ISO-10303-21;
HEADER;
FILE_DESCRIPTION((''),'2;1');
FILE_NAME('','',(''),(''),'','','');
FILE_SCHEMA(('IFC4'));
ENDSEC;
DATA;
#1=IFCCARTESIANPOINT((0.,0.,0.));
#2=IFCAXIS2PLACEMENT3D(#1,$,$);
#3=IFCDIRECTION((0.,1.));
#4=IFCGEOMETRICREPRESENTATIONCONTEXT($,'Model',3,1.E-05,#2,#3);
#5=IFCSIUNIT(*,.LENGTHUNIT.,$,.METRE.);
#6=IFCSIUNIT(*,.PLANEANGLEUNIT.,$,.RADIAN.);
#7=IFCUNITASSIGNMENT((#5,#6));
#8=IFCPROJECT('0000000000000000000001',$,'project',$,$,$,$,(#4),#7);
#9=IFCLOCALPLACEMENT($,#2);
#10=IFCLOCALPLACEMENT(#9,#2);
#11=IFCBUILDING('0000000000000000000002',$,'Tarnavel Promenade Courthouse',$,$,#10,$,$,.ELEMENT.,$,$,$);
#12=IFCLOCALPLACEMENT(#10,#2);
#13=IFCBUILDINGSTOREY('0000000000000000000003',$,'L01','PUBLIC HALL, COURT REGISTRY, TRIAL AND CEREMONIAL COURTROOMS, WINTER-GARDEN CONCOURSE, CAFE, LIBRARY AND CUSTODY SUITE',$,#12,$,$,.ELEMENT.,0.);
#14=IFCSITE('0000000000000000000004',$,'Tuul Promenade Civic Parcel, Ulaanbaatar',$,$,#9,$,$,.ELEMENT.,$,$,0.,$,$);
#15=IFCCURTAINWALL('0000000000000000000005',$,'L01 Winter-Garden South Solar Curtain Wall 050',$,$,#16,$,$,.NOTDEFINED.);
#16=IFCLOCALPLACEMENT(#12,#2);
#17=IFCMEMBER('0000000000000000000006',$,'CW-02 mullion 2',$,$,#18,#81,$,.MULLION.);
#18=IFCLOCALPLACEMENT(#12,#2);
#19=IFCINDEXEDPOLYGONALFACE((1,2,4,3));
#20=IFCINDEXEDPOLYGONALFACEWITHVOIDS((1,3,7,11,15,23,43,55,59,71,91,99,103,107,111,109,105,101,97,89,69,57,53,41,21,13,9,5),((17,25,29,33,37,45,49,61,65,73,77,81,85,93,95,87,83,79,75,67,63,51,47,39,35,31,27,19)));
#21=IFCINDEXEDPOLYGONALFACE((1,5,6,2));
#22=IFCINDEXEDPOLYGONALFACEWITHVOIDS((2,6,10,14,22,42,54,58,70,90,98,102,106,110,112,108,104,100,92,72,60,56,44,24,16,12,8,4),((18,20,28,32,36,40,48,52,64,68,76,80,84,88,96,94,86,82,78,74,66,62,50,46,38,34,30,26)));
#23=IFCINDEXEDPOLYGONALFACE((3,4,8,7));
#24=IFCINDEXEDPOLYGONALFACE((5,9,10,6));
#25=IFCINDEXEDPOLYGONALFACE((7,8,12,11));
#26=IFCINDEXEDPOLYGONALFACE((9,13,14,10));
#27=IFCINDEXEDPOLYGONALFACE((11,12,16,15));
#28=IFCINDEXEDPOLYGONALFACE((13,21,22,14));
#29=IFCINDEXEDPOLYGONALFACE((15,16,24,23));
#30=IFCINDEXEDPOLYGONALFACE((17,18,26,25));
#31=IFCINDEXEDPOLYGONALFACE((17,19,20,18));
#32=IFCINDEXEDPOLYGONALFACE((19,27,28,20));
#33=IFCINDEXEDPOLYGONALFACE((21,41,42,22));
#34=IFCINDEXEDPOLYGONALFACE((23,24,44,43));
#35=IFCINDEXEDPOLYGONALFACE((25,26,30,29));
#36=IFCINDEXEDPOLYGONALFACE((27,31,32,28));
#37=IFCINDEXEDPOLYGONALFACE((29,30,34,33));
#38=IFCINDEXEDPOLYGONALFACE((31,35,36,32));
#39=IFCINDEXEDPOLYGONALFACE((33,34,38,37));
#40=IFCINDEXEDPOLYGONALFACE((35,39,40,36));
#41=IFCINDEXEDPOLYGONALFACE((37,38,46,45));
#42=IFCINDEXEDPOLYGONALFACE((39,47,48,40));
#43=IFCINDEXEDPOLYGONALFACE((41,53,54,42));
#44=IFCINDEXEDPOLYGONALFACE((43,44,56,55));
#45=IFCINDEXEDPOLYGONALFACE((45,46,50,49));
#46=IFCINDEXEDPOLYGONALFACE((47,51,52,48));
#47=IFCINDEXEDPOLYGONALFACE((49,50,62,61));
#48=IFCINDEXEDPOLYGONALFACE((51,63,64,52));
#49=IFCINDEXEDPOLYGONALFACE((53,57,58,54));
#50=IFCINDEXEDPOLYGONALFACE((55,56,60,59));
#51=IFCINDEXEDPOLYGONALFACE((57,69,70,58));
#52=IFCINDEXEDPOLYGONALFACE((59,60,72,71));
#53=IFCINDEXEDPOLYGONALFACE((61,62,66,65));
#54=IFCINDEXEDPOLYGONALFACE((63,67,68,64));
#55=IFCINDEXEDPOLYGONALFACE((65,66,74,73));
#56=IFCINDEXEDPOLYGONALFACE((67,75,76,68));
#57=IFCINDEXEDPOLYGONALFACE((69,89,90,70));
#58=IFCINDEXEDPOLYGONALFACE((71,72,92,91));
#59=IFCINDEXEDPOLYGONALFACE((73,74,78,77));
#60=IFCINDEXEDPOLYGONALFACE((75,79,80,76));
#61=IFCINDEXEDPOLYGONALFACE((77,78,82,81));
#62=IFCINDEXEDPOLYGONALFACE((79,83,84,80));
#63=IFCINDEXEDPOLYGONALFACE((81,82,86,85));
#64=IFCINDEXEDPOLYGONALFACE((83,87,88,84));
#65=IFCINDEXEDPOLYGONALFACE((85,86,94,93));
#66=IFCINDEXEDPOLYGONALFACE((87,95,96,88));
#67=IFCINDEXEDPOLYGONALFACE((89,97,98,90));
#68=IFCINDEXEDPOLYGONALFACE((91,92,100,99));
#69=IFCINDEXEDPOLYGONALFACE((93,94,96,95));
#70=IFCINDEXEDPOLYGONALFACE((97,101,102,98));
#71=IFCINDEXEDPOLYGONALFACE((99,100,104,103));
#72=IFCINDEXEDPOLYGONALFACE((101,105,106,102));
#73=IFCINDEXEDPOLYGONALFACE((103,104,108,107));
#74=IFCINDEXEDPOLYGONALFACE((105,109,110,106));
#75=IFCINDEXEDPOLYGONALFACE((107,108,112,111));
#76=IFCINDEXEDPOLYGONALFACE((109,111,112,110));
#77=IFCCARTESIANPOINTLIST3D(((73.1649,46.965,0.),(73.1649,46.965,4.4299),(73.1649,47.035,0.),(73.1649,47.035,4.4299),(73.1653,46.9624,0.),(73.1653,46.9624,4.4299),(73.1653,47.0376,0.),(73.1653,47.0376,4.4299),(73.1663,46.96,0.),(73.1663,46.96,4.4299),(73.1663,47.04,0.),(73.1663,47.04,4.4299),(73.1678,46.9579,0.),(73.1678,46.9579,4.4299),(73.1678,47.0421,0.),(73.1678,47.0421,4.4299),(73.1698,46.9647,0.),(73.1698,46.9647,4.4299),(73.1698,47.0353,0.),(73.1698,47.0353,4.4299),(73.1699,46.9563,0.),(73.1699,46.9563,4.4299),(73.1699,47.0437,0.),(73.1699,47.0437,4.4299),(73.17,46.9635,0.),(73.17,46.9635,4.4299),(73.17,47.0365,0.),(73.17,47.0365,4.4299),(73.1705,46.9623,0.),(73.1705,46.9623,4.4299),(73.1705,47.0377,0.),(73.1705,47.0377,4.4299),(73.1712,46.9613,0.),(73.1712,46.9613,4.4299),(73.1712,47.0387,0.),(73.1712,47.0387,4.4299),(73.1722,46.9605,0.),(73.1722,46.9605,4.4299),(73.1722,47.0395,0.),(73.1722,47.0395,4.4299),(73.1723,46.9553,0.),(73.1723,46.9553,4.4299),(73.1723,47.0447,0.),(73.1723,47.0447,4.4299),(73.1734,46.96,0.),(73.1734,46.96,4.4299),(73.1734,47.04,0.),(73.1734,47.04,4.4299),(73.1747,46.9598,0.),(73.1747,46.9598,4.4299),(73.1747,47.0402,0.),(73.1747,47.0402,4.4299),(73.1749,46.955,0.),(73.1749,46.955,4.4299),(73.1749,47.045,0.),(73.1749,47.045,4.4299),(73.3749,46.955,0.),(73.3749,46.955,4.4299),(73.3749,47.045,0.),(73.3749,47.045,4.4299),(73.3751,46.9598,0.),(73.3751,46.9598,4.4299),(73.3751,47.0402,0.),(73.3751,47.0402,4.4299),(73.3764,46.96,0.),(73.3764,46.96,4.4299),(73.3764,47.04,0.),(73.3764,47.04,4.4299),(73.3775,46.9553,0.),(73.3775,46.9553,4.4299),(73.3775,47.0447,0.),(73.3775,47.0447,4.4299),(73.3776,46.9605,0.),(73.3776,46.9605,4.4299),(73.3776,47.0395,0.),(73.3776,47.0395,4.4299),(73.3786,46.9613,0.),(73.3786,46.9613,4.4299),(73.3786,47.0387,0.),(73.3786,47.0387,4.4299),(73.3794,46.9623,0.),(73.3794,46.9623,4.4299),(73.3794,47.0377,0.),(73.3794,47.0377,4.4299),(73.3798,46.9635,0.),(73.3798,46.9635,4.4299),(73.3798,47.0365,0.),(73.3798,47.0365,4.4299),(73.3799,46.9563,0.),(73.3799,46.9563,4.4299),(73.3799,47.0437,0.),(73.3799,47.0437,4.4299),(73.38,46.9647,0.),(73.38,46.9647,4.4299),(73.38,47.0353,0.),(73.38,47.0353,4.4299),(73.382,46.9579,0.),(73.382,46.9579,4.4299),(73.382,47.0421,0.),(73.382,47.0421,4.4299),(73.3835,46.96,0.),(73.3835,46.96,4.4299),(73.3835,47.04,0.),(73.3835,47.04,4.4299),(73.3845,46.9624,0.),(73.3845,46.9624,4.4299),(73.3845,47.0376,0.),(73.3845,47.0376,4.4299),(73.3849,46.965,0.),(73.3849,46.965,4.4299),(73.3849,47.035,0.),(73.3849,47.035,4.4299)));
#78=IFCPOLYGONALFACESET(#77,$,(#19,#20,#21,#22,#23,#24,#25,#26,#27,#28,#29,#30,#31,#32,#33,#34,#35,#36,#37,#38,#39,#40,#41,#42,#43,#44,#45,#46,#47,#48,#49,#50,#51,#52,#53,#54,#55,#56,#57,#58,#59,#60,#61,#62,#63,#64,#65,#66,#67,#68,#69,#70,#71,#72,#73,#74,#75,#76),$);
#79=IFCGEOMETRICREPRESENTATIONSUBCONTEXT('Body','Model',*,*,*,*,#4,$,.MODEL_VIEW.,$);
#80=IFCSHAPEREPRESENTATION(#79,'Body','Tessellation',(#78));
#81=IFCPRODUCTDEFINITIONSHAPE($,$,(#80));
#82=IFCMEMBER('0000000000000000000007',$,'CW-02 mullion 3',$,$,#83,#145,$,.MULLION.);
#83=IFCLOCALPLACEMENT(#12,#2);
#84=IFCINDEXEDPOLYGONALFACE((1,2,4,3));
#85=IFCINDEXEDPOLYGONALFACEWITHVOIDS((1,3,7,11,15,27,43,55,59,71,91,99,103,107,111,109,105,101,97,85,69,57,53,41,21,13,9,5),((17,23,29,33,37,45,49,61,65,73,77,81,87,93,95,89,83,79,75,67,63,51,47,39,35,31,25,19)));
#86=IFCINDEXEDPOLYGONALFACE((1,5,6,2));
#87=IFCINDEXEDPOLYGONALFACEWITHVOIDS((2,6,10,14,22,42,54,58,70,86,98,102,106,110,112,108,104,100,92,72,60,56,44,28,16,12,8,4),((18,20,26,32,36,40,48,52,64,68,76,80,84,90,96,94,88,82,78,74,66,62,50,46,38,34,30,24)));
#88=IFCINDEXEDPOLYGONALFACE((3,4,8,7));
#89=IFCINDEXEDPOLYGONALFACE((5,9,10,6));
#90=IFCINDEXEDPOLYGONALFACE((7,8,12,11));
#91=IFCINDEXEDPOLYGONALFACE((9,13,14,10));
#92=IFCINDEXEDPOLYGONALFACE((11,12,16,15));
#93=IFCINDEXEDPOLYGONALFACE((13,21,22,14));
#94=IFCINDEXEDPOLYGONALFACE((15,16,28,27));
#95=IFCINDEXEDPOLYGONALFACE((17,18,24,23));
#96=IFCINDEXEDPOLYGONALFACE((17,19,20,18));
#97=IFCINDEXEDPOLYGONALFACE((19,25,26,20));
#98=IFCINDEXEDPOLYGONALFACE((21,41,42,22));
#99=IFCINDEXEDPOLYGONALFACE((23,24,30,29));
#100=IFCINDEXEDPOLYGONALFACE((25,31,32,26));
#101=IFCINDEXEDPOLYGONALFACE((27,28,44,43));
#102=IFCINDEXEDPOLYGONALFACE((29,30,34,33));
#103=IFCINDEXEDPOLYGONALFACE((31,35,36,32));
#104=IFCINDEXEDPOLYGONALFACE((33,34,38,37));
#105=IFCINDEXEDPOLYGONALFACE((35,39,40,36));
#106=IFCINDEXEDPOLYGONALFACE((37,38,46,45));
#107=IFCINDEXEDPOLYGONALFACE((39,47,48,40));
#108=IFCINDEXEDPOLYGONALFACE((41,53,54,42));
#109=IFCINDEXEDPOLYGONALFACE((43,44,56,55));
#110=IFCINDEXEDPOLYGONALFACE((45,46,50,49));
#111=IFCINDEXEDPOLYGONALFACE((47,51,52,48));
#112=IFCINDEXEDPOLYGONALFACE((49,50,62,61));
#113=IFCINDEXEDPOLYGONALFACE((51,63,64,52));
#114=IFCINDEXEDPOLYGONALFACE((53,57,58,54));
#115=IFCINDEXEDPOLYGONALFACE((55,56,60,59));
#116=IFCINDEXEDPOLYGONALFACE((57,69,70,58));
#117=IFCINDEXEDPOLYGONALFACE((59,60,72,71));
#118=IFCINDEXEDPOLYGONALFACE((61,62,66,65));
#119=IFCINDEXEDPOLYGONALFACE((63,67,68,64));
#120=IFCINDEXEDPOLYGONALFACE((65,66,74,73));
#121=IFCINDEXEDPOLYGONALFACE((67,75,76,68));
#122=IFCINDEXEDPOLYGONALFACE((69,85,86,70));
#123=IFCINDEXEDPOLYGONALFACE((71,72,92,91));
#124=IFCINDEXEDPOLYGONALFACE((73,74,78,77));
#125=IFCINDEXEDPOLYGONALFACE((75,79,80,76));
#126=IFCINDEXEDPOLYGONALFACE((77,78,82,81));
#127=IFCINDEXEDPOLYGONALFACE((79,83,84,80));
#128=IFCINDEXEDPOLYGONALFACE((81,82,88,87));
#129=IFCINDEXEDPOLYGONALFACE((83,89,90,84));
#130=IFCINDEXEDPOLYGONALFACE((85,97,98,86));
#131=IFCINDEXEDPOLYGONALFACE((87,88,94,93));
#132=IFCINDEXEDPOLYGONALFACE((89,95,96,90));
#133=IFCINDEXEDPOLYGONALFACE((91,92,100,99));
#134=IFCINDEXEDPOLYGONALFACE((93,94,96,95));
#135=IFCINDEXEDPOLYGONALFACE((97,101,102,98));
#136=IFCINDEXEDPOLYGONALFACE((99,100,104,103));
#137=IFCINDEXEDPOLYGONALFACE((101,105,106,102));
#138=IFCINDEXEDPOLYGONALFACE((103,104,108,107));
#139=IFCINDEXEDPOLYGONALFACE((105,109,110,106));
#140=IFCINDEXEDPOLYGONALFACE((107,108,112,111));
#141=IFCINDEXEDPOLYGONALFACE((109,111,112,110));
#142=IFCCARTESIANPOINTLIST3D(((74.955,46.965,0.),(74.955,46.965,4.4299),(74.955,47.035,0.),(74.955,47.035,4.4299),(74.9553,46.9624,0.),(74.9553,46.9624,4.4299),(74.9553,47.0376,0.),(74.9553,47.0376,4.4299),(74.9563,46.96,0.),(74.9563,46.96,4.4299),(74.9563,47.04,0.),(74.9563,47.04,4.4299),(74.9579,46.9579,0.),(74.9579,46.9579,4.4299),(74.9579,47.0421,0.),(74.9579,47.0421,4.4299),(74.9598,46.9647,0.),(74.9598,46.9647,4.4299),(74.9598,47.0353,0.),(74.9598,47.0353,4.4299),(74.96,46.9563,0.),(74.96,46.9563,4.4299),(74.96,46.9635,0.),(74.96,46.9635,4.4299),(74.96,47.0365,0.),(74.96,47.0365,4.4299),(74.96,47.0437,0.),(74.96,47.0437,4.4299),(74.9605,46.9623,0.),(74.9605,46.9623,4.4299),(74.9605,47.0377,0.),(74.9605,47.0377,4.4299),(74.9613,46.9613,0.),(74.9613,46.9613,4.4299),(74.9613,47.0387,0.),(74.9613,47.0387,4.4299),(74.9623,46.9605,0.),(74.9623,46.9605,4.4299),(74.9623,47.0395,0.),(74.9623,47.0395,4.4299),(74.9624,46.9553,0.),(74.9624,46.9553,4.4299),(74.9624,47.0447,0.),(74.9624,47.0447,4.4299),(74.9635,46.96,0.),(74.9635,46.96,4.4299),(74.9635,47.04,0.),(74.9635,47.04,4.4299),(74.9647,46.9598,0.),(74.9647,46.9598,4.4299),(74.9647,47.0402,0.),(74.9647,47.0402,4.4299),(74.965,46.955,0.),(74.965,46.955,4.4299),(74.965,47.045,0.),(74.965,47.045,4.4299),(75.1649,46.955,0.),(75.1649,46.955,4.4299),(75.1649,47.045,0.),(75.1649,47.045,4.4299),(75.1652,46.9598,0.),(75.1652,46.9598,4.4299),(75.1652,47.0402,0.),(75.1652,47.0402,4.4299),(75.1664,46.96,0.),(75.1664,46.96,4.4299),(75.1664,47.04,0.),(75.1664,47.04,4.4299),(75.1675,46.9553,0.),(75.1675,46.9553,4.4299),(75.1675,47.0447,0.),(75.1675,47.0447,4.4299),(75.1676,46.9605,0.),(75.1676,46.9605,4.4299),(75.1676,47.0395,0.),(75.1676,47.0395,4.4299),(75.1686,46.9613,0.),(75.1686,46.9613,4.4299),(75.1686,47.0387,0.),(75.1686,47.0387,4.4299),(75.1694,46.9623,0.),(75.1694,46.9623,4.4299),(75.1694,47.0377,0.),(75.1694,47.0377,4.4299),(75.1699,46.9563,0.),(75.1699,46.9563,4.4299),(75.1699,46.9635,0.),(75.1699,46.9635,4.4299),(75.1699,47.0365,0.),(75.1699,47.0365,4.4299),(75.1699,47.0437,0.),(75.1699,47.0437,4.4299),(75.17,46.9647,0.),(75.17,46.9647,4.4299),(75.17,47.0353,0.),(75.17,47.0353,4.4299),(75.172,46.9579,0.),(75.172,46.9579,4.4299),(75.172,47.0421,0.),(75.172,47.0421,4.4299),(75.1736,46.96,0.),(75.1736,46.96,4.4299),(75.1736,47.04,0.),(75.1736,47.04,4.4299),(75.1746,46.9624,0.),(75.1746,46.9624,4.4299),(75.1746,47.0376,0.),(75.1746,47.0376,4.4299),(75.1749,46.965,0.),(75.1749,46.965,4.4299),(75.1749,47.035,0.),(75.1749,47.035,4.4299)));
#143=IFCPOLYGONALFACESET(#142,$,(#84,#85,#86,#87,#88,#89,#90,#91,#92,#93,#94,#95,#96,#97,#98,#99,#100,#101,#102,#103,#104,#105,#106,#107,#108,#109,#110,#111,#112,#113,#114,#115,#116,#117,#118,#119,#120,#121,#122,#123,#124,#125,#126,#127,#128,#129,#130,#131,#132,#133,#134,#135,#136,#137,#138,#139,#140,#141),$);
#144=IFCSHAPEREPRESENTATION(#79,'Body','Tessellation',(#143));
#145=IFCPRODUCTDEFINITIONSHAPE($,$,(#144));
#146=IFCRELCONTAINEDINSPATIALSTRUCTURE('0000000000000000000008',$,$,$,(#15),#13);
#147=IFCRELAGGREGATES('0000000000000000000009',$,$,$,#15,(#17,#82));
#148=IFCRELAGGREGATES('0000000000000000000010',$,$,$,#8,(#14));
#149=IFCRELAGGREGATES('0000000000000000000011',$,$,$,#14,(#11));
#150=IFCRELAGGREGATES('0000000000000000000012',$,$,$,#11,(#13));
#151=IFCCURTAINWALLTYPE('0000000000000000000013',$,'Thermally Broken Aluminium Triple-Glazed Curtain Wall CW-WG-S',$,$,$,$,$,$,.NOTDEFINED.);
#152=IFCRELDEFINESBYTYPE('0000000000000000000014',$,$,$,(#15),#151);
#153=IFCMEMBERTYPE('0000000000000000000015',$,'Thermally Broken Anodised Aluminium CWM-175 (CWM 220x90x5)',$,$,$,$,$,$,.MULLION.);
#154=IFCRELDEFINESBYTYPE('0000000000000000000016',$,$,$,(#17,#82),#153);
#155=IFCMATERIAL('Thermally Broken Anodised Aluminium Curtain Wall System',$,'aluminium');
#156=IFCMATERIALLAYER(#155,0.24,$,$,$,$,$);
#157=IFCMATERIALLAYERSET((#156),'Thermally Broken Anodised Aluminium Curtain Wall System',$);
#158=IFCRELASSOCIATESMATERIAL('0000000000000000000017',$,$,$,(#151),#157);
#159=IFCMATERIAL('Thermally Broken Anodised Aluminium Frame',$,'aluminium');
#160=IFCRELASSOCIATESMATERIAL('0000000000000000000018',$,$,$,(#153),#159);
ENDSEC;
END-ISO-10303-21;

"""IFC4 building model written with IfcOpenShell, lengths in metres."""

from ifc_helpers import new_model, si_unit, direction, frame, origin, origin_2d, place, context, subcontext, project, spatial, hollow_rectangle, extrude, material, layer, layer_set, material_profile, profile_set, type_object, element, aggregate, save


model = new_model("IFC4")

# Units and contexts
model_context = context("Model", 3, precision=1e-05, world=origin(), true_north=direction((0.0, 1.0)))
body_context = subcontext(model_context, "Body", "Model", "MODEL_VIEW")
ifc_project = project(units=[si_unit("LENGTHUNIT", "METRE"), si_unit("PLANEANGLEUNIT", "RADIAN")], contexts=[model_context])

# Site, building, storey
site_placement = place(None, origin())
site = spatial("IfcSite", under=ifc_project, at=site_placement, Name="Tuul Promenade Civic Parcel, Ulaanbaatar", CompositionType="ELEMENT", RefElevation=0.0)
building_placement = place(site_placement, origin())
building = spatial("IfcBuilding", under=site, at=building_placement, Name="Tarnavel Promenade Courthouse", CompositionType="ELEMENT")
storey_placement = place(building_placement, origin())
storey = spatial("IfcBuildingStorey", under=building, at=storey_placement, Name="L01", Description="PUBLIC HALL, COURT REGISTRY, TRIAL AND CEREMONIAL COURTROOMS, WINTER-GARDEN CONCOURSE, CAFE, LIBRARY AND CUSTODY SUITE", CompositionType="ELEMENT", Elevation=0.0)

# Shared definitions
ifc_material_1 = material(Name="Thermally Broken Anodised Aluminium Curtain Wall System", Category="aluminium")
ifc_layer_1 = layer(ifc_material_1, 0.24)
ifc_layer_set_1 = layer_set([ifc_layer_1], Name="Thermally Broken Anodised Aluminium Curtain Wall System")
curtain_wall_type = type_object("IfcCurtainWallType", Name="Thermally Broken Aluminium Triple-Glazed Curtain Wall CW-WG-S", PredefinedType="NOTDEFINED", material=ifc_layer_set_1)
ifc_material_2 = material(Name="Thermally Broken Anodised Aluminium Frame", Category="aluminium")
ifc_material_profile_1 = material_profile(ifc_material_2, hollow_rectangle(XDim=0.0901, YDim=0.22, WallThickness=0.0049, InnerFilletRadius=0.0049, OuterFilletRadius=0.01, at=origin_2d()), Name="CWM 220x90x5")
ifc_profile_set_1 = profile_set([ifc_material_profile_1], Name="Thermally Broken Anodised Aluminium Frame")
member_type_1 = type_object("IfcMemberType", Name="Thermally Broken Anodised Aluminium CWM-175 (CWM 220x90x5)", PredefinedType="MULLION", material=ifc_profile_set_1)

# Curtain wall, members
curtain_wall_1_placement = place(storey_placement, origin())
curtain_wall_1 = element("IfcCurtainWall", 1, at=curtain_wall_1_placement, inside=storey, type_object=curtain_wall_type, Name="L01 Winter-Garden South Solar Curtain Wall 050", PredefinedType="NOTDEFINED")
member_1_placement = place(storey_placement, frame((73.2749, 47.0, 0.0), z_axis=(0.0, 0.0, 1.0), x_axis=(0.0, 1.0, 0.0)))
member_1 = element("IfcMember", 2, at=member_1_placement, type_object=member_type_1, Name="CW-02 mullion 2", PredefinedType="MULLION", context=body_context, shape_type="SweptSolid", body=[
    extrude(hollow_rectangle(XDim=0.0901, YDim=0.22, WallThickness=0.0049, InnerFilletRadius=0.0049, OuterFilletRadius=0.01, at=origin_2d()), origin(), (0.0, 0.0, 1.0), 4.4299),
])
member_2_placement = place(storey_placement, frame((75.0649, 47.0, 0.0), z_axis=(0.0, 0.0, 1.0), x_axis=(0.0, 1.0, 0.0)))
member_2 = element("IfcMember", 3, at=member_2_placement, type_object=member_type_1, Name="CW-02 mullion 3", PredefinedType="MULLION", context=body_context, shape_type="SweptSolid", body=[
    extrude(hollow_rectangle(XDim=0.0901, YDim=0.22, WallThickness=0.0049, InnerFilletRadius=0.0049, OuterFilletRadius=0.01, at=origin_2d()), origin(), (0.0, 0.0, 1.0), 4.4299),
])

aggregate(curtain_wall_1, [member_1, member_2])

save(model, "model.ifc")
